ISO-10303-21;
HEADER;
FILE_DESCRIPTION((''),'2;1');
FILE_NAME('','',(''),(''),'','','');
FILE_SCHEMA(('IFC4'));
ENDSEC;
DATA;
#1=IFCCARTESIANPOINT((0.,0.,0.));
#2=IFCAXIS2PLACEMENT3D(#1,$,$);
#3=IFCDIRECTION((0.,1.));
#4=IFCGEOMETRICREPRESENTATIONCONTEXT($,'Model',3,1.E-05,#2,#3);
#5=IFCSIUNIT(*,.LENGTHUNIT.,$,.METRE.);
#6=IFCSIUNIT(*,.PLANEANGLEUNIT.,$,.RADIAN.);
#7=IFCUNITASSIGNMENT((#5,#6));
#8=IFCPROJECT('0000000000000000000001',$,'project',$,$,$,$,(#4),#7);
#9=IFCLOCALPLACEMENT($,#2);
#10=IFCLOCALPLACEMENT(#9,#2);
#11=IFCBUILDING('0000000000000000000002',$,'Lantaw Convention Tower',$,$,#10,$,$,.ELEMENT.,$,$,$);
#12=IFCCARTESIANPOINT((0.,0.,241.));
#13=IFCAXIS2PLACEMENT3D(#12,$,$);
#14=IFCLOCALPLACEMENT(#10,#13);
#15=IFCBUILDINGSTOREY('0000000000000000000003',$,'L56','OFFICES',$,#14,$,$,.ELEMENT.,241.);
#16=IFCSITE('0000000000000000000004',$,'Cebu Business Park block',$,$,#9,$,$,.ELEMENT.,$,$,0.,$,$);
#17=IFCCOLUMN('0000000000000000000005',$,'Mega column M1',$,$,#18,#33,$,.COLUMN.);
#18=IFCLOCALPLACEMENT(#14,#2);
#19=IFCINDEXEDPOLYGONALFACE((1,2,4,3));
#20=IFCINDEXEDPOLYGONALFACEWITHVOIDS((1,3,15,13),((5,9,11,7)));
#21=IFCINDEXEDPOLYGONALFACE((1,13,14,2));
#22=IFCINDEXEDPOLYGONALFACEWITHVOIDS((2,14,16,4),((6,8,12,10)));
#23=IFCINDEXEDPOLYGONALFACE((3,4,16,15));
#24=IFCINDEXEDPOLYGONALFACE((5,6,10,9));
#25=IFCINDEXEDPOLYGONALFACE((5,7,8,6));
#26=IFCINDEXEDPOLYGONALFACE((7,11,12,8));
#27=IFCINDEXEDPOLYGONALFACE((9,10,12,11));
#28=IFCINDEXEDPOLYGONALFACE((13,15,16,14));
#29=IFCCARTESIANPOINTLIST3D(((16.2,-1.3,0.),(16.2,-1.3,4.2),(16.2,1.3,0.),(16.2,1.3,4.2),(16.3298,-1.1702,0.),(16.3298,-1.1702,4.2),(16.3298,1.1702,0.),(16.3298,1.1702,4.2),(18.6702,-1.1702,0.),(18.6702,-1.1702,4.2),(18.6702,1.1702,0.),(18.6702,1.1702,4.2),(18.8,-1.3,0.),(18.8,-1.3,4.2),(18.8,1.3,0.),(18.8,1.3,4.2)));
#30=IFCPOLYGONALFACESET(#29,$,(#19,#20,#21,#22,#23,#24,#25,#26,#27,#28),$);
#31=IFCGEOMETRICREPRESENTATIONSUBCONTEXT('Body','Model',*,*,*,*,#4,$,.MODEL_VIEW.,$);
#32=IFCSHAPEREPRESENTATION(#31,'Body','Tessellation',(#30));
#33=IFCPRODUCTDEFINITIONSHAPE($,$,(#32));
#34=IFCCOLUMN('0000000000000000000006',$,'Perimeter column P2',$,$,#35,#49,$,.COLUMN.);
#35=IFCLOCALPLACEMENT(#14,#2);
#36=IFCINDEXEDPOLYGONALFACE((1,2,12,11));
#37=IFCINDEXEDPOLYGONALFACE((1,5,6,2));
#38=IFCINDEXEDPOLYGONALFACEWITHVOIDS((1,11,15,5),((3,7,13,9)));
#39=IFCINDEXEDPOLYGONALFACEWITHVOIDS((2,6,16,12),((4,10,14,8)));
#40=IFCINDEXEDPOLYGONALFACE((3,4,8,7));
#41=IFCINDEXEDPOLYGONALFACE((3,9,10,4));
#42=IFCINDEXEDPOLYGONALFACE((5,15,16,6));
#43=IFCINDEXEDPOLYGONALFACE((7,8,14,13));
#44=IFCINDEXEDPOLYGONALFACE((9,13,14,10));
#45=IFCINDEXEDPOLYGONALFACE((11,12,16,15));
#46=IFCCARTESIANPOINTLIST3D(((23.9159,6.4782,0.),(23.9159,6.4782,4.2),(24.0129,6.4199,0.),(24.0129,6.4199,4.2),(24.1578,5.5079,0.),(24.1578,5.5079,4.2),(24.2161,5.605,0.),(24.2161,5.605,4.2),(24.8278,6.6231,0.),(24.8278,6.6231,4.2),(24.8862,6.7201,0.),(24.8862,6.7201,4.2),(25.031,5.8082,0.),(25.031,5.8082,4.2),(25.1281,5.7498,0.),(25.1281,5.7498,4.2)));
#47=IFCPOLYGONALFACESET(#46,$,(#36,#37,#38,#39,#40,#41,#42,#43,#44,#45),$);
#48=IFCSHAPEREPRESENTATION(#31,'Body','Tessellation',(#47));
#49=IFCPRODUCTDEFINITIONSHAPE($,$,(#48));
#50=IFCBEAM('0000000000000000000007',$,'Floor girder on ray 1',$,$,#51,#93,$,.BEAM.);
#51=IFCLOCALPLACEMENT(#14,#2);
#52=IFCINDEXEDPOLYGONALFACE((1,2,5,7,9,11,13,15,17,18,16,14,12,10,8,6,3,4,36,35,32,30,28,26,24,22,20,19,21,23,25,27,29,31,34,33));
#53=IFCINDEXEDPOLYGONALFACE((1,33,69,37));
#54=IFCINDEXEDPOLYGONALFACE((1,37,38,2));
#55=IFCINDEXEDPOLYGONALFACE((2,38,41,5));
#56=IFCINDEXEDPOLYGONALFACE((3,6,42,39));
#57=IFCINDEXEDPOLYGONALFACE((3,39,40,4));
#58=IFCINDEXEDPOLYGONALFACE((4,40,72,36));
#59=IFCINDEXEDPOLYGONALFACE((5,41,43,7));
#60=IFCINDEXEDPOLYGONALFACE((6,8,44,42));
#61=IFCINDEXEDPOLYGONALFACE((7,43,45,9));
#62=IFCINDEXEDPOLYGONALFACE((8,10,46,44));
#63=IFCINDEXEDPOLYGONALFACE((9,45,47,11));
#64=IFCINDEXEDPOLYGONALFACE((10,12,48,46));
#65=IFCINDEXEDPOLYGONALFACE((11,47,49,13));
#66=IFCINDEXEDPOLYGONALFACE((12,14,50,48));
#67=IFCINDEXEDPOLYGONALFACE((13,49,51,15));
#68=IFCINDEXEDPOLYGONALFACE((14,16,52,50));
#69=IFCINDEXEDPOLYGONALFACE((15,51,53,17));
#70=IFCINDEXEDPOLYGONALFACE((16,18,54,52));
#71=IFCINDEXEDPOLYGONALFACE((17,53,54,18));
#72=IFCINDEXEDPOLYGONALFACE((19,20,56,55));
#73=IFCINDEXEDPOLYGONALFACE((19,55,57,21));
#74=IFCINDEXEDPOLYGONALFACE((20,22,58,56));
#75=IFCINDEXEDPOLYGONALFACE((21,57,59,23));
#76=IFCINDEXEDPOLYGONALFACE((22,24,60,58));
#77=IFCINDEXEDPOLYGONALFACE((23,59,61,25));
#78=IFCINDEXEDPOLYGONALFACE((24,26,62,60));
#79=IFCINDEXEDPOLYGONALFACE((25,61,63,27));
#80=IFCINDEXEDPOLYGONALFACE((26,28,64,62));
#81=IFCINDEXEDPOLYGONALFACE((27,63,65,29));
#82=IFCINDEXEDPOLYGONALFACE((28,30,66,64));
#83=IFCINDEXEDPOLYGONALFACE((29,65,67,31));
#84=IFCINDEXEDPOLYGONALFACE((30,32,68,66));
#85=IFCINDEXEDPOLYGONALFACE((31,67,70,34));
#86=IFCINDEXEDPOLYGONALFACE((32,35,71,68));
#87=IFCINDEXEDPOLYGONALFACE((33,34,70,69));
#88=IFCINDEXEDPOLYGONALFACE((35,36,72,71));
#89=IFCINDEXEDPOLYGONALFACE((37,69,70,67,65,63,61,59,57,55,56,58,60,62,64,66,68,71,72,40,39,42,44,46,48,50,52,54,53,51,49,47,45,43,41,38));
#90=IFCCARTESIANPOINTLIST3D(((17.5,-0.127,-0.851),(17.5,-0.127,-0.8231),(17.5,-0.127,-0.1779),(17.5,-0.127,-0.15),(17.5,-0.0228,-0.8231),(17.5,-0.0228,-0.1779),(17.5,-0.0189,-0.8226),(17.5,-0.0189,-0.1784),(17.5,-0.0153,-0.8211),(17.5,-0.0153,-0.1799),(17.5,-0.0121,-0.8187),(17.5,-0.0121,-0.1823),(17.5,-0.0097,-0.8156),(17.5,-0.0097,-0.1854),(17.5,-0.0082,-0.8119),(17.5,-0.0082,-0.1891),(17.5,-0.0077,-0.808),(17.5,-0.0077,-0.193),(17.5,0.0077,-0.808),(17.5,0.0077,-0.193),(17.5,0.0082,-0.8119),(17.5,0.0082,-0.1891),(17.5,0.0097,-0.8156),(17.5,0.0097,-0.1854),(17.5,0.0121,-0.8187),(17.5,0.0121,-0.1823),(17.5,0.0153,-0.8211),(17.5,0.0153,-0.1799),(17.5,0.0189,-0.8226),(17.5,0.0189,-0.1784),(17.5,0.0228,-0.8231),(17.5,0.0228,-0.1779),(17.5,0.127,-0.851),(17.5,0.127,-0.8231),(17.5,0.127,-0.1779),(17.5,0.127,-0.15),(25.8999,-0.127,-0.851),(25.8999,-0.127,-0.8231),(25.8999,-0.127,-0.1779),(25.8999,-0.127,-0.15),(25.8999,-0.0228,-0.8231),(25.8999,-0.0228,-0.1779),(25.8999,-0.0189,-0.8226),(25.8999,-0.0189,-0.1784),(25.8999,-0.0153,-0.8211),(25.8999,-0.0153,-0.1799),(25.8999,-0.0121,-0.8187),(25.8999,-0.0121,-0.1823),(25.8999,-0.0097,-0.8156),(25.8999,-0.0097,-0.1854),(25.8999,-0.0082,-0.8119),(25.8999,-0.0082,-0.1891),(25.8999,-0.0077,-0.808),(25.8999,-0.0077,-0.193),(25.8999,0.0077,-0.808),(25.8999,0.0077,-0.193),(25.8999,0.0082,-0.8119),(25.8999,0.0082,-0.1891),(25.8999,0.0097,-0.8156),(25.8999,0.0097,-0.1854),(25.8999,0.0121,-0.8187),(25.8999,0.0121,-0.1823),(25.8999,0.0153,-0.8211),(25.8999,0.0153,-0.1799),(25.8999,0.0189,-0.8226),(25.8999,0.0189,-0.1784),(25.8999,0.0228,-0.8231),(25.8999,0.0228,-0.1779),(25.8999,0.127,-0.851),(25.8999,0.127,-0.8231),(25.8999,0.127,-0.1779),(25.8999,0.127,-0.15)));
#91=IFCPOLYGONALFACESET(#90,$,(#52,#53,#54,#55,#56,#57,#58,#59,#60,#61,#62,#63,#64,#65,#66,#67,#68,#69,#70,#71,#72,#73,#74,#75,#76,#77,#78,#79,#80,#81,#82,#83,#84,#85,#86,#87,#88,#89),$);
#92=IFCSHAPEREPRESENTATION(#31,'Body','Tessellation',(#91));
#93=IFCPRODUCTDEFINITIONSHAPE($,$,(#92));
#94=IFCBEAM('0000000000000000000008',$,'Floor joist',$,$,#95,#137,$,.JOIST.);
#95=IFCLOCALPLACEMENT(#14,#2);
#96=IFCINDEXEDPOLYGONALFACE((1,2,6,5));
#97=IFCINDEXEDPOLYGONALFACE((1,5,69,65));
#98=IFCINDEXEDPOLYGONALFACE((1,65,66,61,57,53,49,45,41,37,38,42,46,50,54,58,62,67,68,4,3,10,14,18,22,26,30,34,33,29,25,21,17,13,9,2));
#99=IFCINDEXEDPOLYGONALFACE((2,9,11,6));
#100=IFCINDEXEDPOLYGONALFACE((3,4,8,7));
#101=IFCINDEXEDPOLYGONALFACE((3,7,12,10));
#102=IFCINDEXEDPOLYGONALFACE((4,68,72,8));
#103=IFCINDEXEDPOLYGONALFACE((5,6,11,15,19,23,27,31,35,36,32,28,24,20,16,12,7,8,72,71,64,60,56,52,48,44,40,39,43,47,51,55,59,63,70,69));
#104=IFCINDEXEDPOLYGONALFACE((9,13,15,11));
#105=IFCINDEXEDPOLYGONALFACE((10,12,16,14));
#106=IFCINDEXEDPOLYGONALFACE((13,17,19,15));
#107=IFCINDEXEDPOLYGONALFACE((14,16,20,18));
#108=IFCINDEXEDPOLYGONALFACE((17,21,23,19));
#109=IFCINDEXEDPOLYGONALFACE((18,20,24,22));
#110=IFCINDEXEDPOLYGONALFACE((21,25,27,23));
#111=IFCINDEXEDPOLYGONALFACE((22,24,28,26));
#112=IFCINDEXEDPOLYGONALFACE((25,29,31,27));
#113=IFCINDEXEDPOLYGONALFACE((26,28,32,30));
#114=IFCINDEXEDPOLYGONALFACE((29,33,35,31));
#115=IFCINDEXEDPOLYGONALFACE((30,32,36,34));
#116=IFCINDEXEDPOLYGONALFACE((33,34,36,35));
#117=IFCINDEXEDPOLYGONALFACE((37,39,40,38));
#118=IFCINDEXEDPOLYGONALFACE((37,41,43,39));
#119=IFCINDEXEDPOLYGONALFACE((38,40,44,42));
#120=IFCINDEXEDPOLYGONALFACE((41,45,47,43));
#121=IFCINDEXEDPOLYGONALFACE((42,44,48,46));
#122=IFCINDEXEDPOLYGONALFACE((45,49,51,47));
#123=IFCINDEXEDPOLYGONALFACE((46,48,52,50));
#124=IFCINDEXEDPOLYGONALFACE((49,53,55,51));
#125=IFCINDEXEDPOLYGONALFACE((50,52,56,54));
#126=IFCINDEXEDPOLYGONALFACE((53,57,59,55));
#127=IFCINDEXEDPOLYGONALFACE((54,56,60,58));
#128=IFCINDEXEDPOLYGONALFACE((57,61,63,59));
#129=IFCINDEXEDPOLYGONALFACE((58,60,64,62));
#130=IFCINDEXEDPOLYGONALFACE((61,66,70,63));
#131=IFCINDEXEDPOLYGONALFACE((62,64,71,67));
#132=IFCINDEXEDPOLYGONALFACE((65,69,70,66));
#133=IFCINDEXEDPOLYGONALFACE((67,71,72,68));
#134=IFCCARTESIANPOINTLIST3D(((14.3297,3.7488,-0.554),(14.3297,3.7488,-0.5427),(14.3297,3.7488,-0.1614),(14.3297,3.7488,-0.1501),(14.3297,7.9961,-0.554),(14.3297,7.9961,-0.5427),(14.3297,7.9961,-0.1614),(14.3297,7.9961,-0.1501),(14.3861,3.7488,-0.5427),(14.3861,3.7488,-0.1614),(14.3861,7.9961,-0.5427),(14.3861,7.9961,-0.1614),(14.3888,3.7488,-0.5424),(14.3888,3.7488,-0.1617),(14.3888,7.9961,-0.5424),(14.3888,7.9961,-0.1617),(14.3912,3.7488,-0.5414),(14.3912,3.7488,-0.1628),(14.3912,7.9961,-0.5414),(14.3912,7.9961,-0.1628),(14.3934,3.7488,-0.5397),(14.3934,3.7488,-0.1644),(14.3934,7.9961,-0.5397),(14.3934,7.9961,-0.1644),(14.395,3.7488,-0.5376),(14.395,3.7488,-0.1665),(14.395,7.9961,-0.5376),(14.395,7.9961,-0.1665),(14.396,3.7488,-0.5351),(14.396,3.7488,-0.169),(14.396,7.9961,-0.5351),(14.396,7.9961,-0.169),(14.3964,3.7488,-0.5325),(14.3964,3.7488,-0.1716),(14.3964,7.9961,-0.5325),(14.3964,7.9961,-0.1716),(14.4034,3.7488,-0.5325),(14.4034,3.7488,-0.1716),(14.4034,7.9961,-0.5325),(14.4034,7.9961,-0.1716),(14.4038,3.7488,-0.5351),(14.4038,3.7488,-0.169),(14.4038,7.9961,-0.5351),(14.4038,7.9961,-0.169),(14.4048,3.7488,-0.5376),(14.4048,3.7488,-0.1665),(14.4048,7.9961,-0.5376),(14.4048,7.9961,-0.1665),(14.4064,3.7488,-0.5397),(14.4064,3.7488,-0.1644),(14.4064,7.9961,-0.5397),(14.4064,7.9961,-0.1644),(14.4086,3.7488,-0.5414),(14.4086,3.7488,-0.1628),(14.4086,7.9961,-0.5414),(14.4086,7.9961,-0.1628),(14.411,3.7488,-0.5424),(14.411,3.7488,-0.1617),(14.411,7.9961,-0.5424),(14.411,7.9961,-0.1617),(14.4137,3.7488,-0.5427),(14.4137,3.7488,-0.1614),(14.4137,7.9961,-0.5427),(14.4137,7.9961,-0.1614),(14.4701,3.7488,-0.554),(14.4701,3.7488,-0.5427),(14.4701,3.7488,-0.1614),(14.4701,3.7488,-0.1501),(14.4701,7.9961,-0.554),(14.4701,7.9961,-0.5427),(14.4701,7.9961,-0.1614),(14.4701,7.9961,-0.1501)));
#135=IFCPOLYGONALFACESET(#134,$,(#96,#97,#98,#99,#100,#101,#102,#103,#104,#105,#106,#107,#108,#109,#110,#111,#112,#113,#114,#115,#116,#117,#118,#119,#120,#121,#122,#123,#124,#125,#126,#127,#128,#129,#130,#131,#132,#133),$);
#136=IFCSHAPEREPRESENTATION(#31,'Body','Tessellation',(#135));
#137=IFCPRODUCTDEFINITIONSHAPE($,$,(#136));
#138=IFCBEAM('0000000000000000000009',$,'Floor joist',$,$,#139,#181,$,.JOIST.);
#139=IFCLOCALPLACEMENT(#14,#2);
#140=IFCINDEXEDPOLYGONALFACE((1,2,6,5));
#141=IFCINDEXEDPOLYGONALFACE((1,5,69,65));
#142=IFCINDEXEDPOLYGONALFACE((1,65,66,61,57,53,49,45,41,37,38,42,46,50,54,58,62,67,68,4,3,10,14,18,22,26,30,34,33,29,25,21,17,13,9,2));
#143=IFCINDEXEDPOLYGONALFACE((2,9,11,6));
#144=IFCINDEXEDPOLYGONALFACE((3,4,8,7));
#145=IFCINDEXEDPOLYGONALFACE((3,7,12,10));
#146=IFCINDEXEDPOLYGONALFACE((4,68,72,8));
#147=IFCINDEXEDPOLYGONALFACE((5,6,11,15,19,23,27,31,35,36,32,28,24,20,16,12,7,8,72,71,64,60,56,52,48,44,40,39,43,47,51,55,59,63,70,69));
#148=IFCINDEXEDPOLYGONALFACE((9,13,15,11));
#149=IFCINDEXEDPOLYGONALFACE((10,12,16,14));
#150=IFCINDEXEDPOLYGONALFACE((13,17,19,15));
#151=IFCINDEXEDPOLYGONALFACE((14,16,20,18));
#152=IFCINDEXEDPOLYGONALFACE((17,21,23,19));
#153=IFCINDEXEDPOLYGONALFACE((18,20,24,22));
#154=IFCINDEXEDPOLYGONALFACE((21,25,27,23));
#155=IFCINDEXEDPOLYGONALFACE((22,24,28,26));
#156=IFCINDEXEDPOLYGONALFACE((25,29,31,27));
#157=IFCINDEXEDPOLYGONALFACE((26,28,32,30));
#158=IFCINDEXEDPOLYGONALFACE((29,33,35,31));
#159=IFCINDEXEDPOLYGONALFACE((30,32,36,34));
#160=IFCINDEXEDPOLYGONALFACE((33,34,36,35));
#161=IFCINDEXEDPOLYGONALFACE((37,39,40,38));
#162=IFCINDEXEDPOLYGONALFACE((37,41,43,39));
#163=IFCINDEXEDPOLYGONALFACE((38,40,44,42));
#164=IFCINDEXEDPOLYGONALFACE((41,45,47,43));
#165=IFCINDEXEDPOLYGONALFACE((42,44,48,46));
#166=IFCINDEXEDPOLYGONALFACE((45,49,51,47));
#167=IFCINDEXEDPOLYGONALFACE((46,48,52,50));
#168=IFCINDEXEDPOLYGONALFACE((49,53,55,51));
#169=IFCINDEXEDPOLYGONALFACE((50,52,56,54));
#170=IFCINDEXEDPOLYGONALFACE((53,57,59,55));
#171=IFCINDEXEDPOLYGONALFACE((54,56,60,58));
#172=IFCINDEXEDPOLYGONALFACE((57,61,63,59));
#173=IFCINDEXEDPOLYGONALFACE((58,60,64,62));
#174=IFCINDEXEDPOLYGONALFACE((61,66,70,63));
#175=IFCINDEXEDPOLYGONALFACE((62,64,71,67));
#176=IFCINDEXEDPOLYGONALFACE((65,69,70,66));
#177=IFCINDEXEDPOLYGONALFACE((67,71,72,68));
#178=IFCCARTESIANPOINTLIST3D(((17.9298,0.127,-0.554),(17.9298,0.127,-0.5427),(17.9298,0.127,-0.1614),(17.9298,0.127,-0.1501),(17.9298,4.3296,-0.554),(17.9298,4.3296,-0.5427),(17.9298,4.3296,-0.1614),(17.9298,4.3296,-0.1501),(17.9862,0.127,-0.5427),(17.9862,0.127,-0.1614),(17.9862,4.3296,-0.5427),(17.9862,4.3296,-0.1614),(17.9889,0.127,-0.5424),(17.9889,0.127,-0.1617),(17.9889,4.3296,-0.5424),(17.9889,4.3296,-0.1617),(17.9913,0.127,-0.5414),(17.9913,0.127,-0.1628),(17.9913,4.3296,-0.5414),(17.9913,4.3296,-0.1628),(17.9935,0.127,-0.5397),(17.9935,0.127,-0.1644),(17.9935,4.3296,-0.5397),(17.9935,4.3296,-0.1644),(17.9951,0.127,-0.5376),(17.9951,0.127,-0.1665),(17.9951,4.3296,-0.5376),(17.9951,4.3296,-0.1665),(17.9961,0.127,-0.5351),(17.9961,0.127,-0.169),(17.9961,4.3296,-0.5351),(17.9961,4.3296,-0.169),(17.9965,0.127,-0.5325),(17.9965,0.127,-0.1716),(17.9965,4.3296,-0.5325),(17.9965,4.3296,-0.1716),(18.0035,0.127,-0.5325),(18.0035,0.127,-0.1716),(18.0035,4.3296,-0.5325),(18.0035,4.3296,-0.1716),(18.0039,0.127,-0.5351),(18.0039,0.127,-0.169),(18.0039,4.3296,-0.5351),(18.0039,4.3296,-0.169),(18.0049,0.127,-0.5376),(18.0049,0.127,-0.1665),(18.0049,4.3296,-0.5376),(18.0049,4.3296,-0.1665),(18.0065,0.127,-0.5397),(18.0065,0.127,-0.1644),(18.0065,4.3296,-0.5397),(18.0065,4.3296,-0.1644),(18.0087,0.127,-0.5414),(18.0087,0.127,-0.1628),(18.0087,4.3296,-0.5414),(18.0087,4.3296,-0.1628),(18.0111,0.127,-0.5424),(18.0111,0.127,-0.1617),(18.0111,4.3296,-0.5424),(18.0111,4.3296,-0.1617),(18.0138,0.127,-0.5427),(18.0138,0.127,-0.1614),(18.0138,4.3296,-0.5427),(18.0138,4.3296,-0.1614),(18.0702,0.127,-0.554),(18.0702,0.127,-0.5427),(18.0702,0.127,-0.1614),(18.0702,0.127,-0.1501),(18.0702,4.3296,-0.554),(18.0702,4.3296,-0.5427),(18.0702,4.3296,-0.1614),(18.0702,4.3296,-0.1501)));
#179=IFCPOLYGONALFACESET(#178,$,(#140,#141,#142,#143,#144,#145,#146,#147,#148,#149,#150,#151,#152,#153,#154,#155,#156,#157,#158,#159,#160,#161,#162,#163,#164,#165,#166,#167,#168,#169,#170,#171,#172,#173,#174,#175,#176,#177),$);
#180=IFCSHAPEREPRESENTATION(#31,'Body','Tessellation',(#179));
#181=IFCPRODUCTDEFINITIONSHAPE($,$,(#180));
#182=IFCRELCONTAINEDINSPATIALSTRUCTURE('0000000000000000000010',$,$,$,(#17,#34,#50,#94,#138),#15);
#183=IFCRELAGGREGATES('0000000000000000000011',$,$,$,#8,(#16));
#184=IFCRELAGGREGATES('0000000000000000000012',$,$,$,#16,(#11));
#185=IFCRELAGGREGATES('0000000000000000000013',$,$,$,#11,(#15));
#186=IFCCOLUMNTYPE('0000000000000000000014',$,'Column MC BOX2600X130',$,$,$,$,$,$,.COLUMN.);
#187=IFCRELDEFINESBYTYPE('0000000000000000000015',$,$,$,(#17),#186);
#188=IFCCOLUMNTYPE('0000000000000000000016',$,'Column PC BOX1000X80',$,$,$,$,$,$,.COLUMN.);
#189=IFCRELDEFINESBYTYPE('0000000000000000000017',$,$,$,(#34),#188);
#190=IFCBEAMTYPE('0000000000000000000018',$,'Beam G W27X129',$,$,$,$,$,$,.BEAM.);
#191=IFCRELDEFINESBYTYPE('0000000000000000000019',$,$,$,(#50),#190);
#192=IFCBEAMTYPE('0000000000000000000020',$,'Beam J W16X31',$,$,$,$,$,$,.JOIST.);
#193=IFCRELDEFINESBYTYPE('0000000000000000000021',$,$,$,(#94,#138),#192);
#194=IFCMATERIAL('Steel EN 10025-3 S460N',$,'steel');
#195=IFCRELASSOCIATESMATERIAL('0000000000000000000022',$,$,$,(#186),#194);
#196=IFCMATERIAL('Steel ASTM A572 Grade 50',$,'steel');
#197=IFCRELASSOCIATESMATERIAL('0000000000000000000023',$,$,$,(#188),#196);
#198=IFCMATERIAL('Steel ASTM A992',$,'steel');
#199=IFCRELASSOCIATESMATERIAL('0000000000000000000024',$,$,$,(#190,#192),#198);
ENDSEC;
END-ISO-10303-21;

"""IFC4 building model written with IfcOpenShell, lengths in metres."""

from ifc_helpers import new_model, si_unit, direction, frame, origin, origin_2d, place, context, subcontext, project, spatial, rectangle, hollow_rectangle, i_section, extrude, material, material_profile, profile_set, type_object, element, save


model = new_model("IFC4")

# Units and contexts
model_context = context("Model", 3, precision=1e-05, world=origin(), true_north=direction((0.0, 1.0)))
body_context = subcontext(model_context, "Body", "Model", "MODEL_VIEW")
ifc_project = project(units=[si_unit("LENGTHUNIT", "METRE"), si_unit("PLANEANGLEUNIT", "RADIAN")], contexts=[model_context])

# Site, building, storey
site_placement = place(None, origin())
site = spatial("IfcSite", under=ifc_project, at=site_placement, Name="Cebu Business Park block", CompositionType="ELEMENT", RefElevation=0.0)
building_placement = place(site_placement, origin())
building = spatial("IfcBuilding", under=site, at=building_placement, Name="Lantaw Convention Tower", CompositionType="ELEMENT")
storey_placement = place(building_placement, frame((0.0, 0.0, 241.0)))
storey = spatial("IfcBuildingStorey", under=building, at=storey_placement, Name="L56", Description="OFFICES", CompositionType="ELEMENT", Elevation=241.0)

# Columns
ifc_material_1 = material(Name="Steel EN 10025-3 S460N", Category="steel")
ifc_material_profile_1 = material_profile(ifc_material_1, hollow_rectangle(XDim=2.6001, YDim=2.6001, WallThickness=0.1299, at=origin_2d()), Name="BOX2600X130")
ifc_material_2 = material(Name="Concrete C60/75", Category="concrete")
ifc_material_profile_2 = material_profile(ifc_material_2, rectangle(XDim=2.3401, YDim=2.3401, at=origin_2d()), Name="Concrete fill of BOX2600X130")
ifc_profile_set_1 = profile_set([ifc_material_profile_1, ifc_material_profile_2], Name="Steel EN 10025-3 S460N")
column_type_1 = type_object("IfcColumnType", Name="Column MC BOX2600X130", PredefinedType="COLUMN", material=ifc_profile_set_1)
column_1_placement = place(storey_placement, frame((17.5, 0.0, 0.0), z_axis=(0.0, 0.0, 1.0), x_axis=(1.0, 0.0, 0.0)))
element("IfcColumn", 1, at=column_1_placement, inside=storey, type_object=column_type_1, Name="Mega column M1", PredefinedType="COLUMN", context=body_context, shape_type="SweptSolid", body=[
    extrude(hollow_rectangle(XDim=2.6001, YDim=2.6001, WallThickness=0.1299, at=origin_2d()), origin(), (0.0, 0.0, 1.0), 4.2),
])
ifc_material_3 = material(Name="Steel ASTM A572 Grade 50", Category="steel")
ifc_material_profile_3 = material_profile(ifc_material_3, hollow_rectangle(XDim=1.0, YDim=1.0, WallThickness=0.0801, at=origin_2d()), Name="BOX1000X80")
ifc_material_profile_4 = material_profile(ifc_material_2, rectangle(XDim=0.8401, YDim=0.8401, at=origin_2d()), Name="Concrete fill of BOX1000X80")
ifc_profile_set_2 = profile_set([ifc_material_profile_3, ifc_material_profile_4], Name="Steel ASTM A572 Grade 50")
column_type_2 = type_object("IfcColumnType", Name="Column PC BOX1000X80", PredefinedType="COLUMN", material=ifc_profile_set_2)
column_2_placement = place(storey_placement, frame((24.522, 6.114, 0.0), z_axis=(0.0, 0.0, 1.0), x_axis=(0.970296, 0.241922, 0.0)))
element("IfcColumn", 2, at=column_2_placement, inside=storey, type_object=column_type_2, Name="Perimeter column P2", PredefinedType="COLUMN", context=body_context, shape_type="SweptSolid", body=[
    extrude(hollow_rectangle(XDim=1.0, YDim=1.0, WallThickness=0.0801, at=origin_2d()), origin(), (0.0, 0.0, 1.0), 4.2),
])

# Beams
ifc_material_4 = material(Name="Steel ASTM A992", Category="steel")
ifc_material_profile_5 = material_profile(ifc_material_4, i_section(OverallWidth=0.2539, OverallDepth=0.7009, WebThickness=0.0154, FlangeThickness=0.0278, FilletRadius=0.0151, at=origin_2d()), Name="W27X129")
ifc_profile_set_3 = profile_set([ifc_material_profile_5], Name="Steel ASTM A992")
beam_type_1 = type_object("IfcBeamType", Name="Beam G W27X129", PredefinedType="BEAM", material=ifc_profile_set_3)
beam_1_placement = place(storey_placement, frame((17.5, 0.0, -0.5005), z_axis=(1.0, 0.0, 0.0), x_axis=(0.0, 1.0, 0.0)))
element("IfcBeam", 3, at=beam_1_placement, inside=storey, type_object=beam_type_1, Name="Floor girder on ray 1", PredefinedType="BEAM", context=body_context, shape_type="SweptSolid", body=[
    extrude(i_section(OverallWidth=0.2539, OverallDepth=0.7009, WebThickness=0.0154, FlangeThickness=0.0278, FilletRadius=0.0151, at=origin_2d()), origin(), (0.0, 0.0, 1.0), 8.3999),
])
ifc_material_profile_6 = material_profile(ifc_material_4, i_section(OverallWidth=0.1404, OverallDepth=0.4038, WebThickness=0.0071, FlangeThickness=0.0112, FilletRadius=0.0103, at=origin_2d()), Name="W16X31")
ifc_profile_set_4 = profile_set([ifc_material_profile_6], Name="Steel ASTM A992")
beam_type_2 = type_object("IfcBeamType", Name="Beam J W16X31", PredefinedType="JOIST", material=ifc_profile_set_4)
beam_2_placement = place(storey_placement, frame((14.3999, 3.7488, -0.3521), z_axis=(0.0, 1.0, 0.0), x_axis=(-1.0, 0.0, 0.0)))
element("IfcBeam", 4, at=beam_2_placement, inside=storey, type_object=beam_type_2, Name="Floor joist", PredefinedType="JOIST", context=body_context, shape_type="SweptSolid", body=[
    extrude(i_section(OverallWidth=0.1404, OverallDepth=0.4038, WebThickness=0.0071, FlangeThickness=0.0112, FilletRadius=0.0103, at=origin_2d()), origin(), (0.0, 0.0, 1.0), 4.2473),
])
beam_3_placement = place(storey_placement, frame((18.0, 0.127, -0.3521), z_axis=(0.0, 1.0, 0.0), x_axis=(-1.0, 0.0, 0.0)))
element("IfcBeam", 5, at=beam_3_placement, inside=storey, type_object=beam_type_2, Name="Floor joist", PredefinedType="JOIST", context=body_context, shape_type="SweptSolid", body=[
    extrude(i_section(OverallWidth=0.1404, OverallDepth=0.4038, WebThickness=0.0071, FlangeThickness=0.0112, FilletRadius=0.0103, at=origin_2d()), origin(), (0.0, 0.0, 1.0), 4.2026),
])

save(model, "model.ifc")
